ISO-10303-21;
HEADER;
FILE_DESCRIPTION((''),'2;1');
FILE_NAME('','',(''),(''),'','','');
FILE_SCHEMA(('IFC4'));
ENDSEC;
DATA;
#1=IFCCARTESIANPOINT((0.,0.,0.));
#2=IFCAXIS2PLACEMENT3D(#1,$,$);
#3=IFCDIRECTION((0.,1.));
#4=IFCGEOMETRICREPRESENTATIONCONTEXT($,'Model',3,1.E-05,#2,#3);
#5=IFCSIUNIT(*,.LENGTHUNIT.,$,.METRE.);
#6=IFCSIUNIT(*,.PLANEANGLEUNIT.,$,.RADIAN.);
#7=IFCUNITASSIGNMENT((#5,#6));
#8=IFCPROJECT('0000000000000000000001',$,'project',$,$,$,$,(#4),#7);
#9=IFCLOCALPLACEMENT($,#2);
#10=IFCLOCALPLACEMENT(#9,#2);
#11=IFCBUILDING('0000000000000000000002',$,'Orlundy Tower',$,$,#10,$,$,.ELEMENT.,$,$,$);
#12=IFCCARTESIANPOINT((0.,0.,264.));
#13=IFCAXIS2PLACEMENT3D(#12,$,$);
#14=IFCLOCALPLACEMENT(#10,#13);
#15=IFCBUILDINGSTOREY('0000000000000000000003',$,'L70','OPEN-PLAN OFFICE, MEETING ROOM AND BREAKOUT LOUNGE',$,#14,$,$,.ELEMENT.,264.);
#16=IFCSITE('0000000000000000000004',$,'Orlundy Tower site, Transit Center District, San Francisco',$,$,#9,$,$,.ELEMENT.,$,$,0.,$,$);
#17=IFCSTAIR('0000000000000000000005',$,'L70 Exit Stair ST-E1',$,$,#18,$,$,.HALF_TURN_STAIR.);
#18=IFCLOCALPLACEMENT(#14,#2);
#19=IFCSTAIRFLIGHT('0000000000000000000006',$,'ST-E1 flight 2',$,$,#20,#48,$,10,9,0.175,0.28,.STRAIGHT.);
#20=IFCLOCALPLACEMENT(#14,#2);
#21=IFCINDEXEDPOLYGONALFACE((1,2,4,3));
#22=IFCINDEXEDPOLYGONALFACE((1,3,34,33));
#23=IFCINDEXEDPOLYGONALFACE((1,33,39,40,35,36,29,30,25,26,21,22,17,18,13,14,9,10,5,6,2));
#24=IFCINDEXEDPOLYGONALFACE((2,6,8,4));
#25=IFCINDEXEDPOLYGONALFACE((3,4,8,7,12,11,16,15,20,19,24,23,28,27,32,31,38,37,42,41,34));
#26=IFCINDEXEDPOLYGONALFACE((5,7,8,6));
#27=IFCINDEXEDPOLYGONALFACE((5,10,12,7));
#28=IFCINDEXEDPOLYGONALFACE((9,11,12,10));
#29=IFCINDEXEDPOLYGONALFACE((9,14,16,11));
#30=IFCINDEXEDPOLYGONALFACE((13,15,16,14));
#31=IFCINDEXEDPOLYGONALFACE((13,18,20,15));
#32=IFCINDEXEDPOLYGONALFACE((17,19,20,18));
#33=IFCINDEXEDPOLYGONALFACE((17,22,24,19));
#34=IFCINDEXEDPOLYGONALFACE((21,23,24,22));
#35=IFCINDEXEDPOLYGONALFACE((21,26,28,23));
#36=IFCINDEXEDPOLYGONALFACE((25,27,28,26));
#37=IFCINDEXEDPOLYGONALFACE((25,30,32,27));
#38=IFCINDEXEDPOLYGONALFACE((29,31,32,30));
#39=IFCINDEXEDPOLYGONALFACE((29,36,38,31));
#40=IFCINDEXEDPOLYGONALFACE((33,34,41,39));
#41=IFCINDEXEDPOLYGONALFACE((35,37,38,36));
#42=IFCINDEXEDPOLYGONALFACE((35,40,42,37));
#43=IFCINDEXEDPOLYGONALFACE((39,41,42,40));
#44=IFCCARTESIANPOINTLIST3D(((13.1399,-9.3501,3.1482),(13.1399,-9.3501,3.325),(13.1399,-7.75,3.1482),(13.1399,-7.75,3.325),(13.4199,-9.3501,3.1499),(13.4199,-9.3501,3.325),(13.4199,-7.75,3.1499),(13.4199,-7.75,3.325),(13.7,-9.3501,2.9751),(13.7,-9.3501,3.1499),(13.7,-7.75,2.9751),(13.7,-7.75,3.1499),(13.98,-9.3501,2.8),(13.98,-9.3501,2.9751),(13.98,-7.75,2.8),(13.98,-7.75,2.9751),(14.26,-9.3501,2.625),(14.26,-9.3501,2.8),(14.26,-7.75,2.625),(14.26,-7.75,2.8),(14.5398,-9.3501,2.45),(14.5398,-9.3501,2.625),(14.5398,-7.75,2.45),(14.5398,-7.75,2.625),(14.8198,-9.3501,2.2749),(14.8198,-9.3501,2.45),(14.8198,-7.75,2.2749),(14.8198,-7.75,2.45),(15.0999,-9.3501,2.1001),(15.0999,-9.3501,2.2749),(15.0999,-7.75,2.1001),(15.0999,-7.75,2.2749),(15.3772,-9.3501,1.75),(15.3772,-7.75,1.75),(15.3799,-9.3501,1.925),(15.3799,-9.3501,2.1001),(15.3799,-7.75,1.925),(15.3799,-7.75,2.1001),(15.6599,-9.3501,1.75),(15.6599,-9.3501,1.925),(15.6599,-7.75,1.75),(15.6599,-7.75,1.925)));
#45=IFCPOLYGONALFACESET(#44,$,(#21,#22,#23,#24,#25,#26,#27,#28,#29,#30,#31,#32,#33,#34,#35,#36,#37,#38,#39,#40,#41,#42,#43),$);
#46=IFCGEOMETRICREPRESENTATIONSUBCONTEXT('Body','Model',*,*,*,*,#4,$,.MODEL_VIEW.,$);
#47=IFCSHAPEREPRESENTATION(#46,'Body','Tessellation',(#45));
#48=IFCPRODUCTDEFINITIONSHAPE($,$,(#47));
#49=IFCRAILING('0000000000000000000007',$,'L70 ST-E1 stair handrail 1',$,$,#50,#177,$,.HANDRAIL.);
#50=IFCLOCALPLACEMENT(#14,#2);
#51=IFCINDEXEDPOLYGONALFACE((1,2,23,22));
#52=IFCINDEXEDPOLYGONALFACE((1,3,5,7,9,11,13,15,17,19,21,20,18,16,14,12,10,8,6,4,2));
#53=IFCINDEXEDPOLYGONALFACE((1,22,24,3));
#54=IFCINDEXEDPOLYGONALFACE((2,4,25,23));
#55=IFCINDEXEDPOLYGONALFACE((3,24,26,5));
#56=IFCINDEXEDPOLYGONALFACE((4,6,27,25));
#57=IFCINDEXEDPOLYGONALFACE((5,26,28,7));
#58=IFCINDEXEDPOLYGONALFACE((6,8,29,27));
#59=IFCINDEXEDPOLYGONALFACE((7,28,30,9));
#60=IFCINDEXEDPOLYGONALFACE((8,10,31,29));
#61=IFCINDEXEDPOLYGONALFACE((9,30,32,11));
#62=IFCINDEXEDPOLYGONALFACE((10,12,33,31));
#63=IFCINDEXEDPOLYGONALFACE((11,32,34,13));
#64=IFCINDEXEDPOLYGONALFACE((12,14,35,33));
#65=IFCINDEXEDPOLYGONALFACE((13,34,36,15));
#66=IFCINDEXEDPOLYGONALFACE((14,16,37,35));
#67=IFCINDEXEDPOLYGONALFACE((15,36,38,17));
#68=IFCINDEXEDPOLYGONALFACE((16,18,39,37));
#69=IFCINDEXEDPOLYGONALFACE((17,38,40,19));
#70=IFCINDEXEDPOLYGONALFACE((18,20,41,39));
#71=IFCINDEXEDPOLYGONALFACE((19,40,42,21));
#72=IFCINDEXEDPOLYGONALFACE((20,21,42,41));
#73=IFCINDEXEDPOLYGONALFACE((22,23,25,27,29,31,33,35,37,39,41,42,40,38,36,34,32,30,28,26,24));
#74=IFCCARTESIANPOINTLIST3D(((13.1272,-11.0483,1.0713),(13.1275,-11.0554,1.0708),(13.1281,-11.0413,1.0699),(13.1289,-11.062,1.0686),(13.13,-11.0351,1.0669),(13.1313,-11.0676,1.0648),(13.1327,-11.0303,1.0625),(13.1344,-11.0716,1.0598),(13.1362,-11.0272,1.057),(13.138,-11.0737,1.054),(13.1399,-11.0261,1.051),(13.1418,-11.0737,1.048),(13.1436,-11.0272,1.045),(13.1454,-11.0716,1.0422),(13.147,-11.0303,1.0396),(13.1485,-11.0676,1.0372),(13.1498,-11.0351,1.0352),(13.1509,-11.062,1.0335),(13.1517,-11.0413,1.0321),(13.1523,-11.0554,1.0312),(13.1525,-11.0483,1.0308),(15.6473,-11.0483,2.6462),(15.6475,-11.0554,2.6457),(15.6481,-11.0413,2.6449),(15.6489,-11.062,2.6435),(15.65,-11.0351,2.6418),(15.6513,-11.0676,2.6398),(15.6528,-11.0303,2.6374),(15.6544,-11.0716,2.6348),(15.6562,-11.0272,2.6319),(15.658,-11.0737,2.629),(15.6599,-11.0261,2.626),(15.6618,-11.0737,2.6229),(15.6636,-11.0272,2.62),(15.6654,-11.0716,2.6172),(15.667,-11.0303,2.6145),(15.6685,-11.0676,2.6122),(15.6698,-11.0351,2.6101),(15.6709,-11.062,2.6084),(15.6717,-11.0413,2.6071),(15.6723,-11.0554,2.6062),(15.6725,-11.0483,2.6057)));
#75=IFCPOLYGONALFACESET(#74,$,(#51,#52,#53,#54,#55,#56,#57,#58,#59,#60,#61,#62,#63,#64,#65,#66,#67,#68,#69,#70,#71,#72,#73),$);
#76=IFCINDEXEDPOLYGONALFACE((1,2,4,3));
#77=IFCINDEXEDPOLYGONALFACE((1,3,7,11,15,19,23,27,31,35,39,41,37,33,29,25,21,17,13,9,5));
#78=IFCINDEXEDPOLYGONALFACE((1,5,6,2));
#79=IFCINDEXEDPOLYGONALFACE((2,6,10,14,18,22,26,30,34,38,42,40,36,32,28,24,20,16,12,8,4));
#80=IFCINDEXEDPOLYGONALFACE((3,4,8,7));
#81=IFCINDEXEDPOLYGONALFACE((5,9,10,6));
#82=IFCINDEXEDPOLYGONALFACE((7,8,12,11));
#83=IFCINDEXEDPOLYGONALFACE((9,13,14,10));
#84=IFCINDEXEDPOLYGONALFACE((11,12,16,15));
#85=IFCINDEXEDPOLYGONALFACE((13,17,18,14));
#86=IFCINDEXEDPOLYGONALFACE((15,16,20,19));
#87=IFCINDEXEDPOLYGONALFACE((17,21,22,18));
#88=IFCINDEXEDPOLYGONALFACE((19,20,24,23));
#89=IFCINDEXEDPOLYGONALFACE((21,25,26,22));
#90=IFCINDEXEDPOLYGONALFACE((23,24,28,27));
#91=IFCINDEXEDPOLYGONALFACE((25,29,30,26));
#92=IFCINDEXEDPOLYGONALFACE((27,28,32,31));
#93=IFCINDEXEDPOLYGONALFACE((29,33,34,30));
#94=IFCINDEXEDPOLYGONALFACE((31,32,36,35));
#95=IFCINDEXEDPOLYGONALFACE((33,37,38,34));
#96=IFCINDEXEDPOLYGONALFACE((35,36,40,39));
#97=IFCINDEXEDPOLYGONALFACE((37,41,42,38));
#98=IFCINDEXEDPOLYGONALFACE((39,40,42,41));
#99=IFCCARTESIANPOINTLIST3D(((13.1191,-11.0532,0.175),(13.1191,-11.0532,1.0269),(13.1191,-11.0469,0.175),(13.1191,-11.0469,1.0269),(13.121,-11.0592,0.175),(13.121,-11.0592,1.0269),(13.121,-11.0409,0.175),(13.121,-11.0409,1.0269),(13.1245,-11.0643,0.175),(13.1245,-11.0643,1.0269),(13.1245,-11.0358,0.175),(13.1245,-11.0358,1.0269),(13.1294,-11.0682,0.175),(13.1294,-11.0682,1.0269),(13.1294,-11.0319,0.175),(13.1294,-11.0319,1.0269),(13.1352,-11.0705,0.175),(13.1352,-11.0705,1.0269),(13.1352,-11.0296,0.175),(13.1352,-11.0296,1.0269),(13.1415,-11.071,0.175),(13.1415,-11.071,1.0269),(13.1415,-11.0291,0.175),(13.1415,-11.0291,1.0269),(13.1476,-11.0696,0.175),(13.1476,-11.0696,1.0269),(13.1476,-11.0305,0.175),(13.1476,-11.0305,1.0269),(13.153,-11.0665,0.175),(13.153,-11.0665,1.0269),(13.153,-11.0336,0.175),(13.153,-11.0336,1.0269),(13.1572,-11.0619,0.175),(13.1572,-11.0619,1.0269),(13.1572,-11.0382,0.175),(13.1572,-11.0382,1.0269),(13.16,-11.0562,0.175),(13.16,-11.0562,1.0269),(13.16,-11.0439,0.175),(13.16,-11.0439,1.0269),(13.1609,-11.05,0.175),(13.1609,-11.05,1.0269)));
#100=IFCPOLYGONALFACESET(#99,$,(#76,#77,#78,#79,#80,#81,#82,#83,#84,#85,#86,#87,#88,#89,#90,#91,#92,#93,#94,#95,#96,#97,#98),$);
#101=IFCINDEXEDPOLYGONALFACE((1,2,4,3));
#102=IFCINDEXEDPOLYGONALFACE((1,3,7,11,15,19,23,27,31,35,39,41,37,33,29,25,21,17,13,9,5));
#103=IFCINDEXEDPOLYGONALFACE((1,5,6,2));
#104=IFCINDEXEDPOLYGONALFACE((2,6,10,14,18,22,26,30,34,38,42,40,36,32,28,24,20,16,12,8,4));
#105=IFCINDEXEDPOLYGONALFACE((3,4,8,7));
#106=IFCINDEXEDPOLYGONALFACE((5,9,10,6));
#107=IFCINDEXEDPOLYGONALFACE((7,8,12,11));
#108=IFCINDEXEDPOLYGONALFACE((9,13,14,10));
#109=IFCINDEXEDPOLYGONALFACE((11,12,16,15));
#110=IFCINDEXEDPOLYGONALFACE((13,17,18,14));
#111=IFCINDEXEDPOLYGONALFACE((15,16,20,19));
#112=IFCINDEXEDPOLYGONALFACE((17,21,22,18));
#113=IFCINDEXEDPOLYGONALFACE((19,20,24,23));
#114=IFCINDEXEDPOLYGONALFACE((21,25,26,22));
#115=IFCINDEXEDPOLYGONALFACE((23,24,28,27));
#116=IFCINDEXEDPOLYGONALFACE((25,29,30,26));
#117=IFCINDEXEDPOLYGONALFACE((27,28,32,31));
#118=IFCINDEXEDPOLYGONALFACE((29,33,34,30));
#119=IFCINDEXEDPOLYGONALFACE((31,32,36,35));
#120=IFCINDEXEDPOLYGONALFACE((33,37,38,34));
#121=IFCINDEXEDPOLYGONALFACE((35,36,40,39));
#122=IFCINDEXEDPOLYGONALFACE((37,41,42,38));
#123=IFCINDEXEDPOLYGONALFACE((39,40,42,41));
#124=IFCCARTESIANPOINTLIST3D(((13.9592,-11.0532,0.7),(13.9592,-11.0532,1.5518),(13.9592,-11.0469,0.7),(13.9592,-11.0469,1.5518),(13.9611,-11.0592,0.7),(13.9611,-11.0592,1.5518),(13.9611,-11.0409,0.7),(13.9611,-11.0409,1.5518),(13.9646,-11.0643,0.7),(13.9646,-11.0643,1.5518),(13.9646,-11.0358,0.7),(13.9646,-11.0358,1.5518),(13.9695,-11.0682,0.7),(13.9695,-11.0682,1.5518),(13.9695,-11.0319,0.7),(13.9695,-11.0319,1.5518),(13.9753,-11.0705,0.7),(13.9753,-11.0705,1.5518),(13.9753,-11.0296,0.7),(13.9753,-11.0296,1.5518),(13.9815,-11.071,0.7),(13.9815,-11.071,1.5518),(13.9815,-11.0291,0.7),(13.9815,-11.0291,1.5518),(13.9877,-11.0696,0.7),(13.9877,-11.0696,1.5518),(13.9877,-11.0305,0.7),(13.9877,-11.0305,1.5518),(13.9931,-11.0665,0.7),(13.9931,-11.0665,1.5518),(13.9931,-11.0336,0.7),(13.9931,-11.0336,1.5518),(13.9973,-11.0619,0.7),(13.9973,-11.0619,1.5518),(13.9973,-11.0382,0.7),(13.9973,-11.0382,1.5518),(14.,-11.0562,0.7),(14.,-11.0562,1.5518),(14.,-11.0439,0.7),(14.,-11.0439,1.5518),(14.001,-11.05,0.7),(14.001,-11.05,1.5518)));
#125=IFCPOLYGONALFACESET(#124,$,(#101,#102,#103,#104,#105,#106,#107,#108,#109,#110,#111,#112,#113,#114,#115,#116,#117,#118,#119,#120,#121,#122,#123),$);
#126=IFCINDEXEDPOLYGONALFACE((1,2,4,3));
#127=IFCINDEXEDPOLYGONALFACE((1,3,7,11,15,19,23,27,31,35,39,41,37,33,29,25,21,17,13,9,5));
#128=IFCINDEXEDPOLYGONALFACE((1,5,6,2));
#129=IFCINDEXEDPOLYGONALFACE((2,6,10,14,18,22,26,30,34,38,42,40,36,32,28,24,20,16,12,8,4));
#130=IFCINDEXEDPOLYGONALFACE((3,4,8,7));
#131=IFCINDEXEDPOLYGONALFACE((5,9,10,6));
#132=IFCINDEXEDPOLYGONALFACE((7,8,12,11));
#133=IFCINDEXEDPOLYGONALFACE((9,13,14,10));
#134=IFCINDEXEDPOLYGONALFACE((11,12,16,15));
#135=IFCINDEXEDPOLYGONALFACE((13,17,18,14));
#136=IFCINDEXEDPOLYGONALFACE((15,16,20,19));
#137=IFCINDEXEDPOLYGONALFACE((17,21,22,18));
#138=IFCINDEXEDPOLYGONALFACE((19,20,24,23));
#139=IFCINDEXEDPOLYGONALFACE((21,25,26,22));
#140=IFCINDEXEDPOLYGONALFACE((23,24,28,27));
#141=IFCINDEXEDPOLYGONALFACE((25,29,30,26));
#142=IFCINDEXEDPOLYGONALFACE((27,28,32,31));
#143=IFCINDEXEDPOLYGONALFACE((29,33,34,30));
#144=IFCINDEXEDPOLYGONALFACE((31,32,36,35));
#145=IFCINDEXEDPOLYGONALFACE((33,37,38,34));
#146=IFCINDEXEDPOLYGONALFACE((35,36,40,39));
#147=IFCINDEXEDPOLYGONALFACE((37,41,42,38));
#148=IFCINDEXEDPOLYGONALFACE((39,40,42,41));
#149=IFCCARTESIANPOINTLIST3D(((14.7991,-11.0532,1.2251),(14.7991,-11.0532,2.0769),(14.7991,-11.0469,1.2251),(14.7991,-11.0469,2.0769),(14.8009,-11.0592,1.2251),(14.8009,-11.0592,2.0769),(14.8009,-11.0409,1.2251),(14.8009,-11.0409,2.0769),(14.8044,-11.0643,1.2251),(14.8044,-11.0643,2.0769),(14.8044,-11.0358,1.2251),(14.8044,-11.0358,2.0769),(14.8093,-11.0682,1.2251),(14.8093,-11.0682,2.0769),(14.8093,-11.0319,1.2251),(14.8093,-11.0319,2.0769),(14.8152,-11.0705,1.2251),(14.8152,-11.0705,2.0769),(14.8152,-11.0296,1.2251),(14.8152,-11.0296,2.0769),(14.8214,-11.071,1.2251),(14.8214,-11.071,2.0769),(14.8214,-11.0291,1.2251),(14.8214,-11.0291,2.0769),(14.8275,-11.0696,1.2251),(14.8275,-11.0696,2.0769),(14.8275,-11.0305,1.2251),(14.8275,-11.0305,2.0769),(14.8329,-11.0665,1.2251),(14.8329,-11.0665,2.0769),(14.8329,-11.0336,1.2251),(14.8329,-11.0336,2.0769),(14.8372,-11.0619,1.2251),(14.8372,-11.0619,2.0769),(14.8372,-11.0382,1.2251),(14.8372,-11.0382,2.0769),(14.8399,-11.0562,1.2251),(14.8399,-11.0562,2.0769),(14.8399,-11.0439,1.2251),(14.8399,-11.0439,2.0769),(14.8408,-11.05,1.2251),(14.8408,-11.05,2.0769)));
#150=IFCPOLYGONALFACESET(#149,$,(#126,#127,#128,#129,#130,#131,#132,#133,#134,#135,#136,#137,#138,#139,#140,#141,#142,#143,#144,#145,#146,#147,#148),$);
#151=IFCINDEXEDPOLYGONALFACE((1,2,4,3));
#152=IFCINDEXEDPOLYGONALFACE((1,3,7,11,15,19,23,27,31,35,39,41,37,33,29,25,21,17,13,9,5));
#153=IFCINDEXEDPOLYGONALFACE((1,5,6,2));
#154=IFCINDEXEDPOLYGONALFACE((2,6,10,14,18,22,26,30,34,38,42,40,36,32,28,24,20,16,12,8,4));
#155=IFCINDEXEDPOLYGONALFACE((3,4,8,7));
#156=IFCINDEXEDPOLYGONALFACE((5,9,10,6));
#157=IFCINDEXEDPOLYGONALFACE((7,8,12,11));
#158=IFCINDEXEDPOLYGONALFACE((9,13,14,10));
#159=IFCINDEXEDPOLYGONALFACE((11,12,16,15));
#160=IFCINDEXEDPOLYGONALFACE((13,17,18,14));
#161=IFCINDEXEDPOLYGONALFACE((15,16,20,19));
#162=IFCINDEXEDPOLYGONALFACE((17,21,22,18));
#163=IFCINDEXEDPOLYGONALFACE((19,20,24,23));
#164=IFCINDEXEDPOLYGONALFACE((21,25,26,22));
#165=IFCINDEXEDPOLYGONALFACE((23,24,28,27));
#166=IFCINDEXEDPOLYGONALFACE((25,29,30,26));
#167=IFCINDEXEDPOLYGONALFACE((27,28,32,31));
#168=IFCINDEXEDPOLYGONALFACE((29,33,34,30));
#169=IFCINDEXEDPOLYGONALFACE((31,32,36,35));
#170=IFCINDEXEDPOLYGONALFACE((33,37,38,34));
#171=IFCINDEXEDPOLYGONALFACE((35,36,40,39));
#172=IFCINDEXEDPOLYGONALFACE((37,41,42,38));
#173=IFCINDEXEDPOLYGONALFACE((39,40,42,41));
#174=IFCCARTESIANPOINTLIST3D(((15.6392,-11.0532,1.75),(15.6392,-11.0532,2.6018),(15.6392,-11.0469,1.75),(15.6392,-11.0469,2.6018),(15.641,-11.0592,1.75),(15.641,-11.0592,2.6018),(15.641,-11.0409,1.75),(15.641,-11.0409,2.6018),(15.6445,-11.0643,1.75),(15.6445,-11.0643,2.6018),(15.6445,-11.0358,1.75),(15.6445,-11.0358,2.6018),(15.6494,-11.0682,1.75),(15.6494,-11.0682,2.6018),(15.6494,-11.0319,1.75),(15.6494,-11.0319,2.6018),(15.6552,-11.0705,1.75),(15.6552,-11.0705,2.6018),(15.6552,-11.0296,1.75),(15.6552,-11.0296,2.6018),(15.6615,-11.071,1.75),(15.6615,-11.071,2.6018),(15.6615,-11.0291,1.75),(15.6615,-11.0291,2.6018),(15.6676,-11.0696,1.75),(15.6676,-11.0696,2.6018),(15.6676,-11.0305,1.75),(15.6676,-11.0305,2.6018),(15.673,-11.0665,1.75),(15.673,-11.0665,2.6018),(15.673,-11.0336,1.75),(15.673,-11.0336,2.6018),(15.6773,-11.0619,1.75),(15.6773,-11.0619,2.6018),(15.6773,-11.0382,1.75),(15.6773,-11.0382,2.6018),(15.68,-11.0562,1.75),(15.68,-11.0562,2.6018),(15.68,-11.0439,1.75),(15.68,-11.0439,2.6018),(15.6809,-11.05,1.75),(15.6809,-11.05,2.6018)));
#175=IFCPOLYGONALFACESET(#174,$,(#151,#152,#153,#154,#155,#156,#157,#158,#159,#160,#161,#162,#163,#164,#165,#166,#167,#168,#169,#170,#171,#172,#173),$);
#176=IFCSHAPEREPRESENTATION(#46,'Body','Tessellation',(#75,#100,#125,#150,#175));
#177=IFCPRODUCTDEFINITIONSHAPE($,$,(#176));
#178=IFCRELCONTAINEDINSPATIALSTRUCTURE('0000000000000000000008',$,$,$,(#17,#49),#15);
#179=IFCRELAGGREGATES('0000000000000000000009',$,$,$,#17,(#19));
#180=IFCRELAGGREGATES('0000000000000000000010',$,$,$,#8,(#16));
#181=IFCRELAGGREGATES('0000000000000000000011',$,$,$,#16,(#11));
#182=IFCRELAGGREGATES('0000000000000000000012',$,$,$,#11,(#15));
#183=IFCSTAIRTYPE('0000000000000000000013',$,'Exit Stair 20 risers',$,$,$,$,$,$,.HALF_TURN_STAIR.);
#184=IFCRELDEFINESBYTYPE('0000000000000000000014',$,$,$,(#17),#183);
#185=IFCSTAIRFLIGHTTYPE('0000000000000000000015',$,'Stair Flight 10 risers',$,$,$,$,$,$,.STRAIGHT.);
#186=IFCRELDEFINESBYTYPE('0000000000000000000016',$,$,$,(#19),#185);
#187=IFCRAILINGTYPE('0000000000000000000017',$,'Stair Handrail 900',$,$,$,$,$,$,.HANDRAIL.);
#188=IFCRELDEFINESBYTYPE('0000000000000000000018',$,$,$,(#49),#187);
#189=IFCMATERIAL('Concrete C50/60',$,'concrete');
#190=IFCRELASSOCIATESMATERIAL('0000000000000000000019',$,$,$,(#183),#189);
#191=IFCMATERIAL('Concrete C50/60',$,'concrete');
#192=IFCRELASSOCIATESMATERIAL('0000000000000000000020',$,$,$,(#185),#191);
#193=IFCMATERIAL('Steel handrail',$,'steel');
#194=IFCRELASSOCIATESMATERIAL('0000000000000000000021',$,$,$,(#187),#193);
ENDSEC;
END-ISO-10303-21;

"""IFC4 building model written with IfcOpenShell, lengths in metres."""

from ifc_helpers import new_model, si_unit, direction, frame, origin, origin_2d, place, context, subcontext, project, spatial, polyline, circle, outline, extrude, material, type_object, element, aggregate, save


model = new_model("IFC4")

# Units and contexts
model_context = context("Model", 3, precision=1e-05, world=origin(), true_north=direction((0.0, 1.0)))
body_context = subcontext(model_context, "Body", "Model", "MODEL_VIEW")
ifc_project = project(units=[si_unit("LENGTHUNIT", "METRE"), si_unit("PLANEANGLEUNIT", "RADIAN")], contexts=[model_context])

# Site, building, storey
site_placement = place(None, origin())
site = spatial("IfcSite", under=ifc_project, at=site_placement, Name="Orlundy Tower site, Transit Center District, San Francisco", CompositionType="ELEMENT", RefElevation=0.0)
building_placement = place(site_placement, origin())
building = spatial("IfcBuilding", under=site, at=building_placement, Name="Orlundy Tower", CompositionType="ELEMENT")
storey_placement = place(building_placement, frame((0.0, 0.0, 264.0)))
storey = spatial("IfcBuildingStorey", under=building, at=storey_placement, Name="L70", Description="OPEN-PLAN OFFICE, MEETING ROOM AND BREAKOUT LOUNGE", CompositionType="ELEMENT", Elevation=264.0)

# Stair, stair flight
ifc_material_1 = material(Name="Concrete C50/60", Category="concrete")
stair_type = type_object("IfcStairType", Name="Exit Stair 20 risers", PredefinedType="HALF_TURN_STAIR", material=ifc_material_1)
stair_placement = place(storey_placement, origin())
stair = element("IfcStair", 1, at=stair_placement, inside=storey, type_object=stair_type, Name="L70 Exit Stair ST-E1", PredefinedType="HALF_TURN_STAIR")
ifc_material_2 = material(Name="Concrete C50/60", Category="concrete")
stair_flight_type = type_object("IfcStairFlightType", Name="Stair Flight 10 risers", PredefinedType="STRAIGHT", material=ifc_material_2)
stair_flight_1_placement = place(storey_placement, frame((15.6599, -8.55, 1.75), z_axis=(0.0, 0.0, 1.0), x_axis=(-1.0, 0.0, 0.0)))
stair_flight_1 = element("IfcStairFlight", 2, at=stair_flight_1_placement, type_object=stair_flight_type, Name="ST-E1 flight 2", NumberOfRisers=10, NumberOfTreads=9, PredefinedType="STRAIGHT", RiserHeight=0.175, TreadLength=0.28, context=body_context, shape_type="SweptSolid", body=[
    extrude(outline(polyline([(0.0, 0.0), (0.0, 0.175), (0.28, 0.175), (0.28, 0.3501), (0.5601, 0.3501), (0.5601, 0.5249), (0.8401, 0.5249), (0.8401, 0.7), (1.1201, 0.7), (1.1201, 0.875), (1.3999, 0.875), (1.3999, 1.05), (1.6799, 1.05), (1.6799, 1.2251), (1.96, 1.2251), (1.96, 1.3999), (2.24, 1.3999), (2.24, 1.575), (2.52, 1.575), (2.52, 1.75), (2.52, 1.3982), (0.2827, 0.0), (0.0, 0.0)])), frame((0.0, 0.8, 0.0), z_axis=(0.0, -1.0, 0.0), x_axis=(1.0, 0.0, 0.0)), (0.0, 0.0, 1.0), 1.6001),
])
aggregate(stair, [stair_flight_1])

# Railing
ifc_material_3 = material(Name="Steel handrail", Category="steel")
railing_type_1 = type_object("IfcRailingType", Name="Stair Handrail 900", PredefinedType="HANDRAIL", material=ifc_material_3)
railing_1_placement = place(storey_placement, frame((13.1399, -11.05, 0.175)))
element("IfcRailing", 3, at=railing_1_placement, inside=storey, type_object=railing_type_1, Name="L70 ST-E1 stair handrail 1", PredefinedType="HANDRAIL", context=body_context, shape_type="SweptSolid", body=[
    extrude(circle(Radius=0.0239, at=origin_2d()), frame((0.0, 0.0, 0.876), z_axis=(0.848008, 0.0, 0.529984), x_axis=(0.0, 1.0, 0.0)), (0.0, 0.0, 1.0), 2.9717),
    extrude(circle(Radius=0.021, at=origin_2d()), origin(), (0.0, 0.0, 1.0), 0.8518),
    extrude(circle(Radius=0.021, at=origin_2d()), frame((0.8401, 0.0, 0.5249)), (0.0, 0.0, 1.0), 0.8518),
    extrude(circle(Radius=0.021, at=origin_2d()), frame((1.6799, 0.0, 1.05)), (0.0, 0.0, 1.0), 0.8518),
    extrude(circle(Radius=0.021, at=origin_2d()), frame((2.52, 0.0, 1.575)), (0.0, 0.0, 1.0), 0.8518),
])

save(model, "model.ifc")
